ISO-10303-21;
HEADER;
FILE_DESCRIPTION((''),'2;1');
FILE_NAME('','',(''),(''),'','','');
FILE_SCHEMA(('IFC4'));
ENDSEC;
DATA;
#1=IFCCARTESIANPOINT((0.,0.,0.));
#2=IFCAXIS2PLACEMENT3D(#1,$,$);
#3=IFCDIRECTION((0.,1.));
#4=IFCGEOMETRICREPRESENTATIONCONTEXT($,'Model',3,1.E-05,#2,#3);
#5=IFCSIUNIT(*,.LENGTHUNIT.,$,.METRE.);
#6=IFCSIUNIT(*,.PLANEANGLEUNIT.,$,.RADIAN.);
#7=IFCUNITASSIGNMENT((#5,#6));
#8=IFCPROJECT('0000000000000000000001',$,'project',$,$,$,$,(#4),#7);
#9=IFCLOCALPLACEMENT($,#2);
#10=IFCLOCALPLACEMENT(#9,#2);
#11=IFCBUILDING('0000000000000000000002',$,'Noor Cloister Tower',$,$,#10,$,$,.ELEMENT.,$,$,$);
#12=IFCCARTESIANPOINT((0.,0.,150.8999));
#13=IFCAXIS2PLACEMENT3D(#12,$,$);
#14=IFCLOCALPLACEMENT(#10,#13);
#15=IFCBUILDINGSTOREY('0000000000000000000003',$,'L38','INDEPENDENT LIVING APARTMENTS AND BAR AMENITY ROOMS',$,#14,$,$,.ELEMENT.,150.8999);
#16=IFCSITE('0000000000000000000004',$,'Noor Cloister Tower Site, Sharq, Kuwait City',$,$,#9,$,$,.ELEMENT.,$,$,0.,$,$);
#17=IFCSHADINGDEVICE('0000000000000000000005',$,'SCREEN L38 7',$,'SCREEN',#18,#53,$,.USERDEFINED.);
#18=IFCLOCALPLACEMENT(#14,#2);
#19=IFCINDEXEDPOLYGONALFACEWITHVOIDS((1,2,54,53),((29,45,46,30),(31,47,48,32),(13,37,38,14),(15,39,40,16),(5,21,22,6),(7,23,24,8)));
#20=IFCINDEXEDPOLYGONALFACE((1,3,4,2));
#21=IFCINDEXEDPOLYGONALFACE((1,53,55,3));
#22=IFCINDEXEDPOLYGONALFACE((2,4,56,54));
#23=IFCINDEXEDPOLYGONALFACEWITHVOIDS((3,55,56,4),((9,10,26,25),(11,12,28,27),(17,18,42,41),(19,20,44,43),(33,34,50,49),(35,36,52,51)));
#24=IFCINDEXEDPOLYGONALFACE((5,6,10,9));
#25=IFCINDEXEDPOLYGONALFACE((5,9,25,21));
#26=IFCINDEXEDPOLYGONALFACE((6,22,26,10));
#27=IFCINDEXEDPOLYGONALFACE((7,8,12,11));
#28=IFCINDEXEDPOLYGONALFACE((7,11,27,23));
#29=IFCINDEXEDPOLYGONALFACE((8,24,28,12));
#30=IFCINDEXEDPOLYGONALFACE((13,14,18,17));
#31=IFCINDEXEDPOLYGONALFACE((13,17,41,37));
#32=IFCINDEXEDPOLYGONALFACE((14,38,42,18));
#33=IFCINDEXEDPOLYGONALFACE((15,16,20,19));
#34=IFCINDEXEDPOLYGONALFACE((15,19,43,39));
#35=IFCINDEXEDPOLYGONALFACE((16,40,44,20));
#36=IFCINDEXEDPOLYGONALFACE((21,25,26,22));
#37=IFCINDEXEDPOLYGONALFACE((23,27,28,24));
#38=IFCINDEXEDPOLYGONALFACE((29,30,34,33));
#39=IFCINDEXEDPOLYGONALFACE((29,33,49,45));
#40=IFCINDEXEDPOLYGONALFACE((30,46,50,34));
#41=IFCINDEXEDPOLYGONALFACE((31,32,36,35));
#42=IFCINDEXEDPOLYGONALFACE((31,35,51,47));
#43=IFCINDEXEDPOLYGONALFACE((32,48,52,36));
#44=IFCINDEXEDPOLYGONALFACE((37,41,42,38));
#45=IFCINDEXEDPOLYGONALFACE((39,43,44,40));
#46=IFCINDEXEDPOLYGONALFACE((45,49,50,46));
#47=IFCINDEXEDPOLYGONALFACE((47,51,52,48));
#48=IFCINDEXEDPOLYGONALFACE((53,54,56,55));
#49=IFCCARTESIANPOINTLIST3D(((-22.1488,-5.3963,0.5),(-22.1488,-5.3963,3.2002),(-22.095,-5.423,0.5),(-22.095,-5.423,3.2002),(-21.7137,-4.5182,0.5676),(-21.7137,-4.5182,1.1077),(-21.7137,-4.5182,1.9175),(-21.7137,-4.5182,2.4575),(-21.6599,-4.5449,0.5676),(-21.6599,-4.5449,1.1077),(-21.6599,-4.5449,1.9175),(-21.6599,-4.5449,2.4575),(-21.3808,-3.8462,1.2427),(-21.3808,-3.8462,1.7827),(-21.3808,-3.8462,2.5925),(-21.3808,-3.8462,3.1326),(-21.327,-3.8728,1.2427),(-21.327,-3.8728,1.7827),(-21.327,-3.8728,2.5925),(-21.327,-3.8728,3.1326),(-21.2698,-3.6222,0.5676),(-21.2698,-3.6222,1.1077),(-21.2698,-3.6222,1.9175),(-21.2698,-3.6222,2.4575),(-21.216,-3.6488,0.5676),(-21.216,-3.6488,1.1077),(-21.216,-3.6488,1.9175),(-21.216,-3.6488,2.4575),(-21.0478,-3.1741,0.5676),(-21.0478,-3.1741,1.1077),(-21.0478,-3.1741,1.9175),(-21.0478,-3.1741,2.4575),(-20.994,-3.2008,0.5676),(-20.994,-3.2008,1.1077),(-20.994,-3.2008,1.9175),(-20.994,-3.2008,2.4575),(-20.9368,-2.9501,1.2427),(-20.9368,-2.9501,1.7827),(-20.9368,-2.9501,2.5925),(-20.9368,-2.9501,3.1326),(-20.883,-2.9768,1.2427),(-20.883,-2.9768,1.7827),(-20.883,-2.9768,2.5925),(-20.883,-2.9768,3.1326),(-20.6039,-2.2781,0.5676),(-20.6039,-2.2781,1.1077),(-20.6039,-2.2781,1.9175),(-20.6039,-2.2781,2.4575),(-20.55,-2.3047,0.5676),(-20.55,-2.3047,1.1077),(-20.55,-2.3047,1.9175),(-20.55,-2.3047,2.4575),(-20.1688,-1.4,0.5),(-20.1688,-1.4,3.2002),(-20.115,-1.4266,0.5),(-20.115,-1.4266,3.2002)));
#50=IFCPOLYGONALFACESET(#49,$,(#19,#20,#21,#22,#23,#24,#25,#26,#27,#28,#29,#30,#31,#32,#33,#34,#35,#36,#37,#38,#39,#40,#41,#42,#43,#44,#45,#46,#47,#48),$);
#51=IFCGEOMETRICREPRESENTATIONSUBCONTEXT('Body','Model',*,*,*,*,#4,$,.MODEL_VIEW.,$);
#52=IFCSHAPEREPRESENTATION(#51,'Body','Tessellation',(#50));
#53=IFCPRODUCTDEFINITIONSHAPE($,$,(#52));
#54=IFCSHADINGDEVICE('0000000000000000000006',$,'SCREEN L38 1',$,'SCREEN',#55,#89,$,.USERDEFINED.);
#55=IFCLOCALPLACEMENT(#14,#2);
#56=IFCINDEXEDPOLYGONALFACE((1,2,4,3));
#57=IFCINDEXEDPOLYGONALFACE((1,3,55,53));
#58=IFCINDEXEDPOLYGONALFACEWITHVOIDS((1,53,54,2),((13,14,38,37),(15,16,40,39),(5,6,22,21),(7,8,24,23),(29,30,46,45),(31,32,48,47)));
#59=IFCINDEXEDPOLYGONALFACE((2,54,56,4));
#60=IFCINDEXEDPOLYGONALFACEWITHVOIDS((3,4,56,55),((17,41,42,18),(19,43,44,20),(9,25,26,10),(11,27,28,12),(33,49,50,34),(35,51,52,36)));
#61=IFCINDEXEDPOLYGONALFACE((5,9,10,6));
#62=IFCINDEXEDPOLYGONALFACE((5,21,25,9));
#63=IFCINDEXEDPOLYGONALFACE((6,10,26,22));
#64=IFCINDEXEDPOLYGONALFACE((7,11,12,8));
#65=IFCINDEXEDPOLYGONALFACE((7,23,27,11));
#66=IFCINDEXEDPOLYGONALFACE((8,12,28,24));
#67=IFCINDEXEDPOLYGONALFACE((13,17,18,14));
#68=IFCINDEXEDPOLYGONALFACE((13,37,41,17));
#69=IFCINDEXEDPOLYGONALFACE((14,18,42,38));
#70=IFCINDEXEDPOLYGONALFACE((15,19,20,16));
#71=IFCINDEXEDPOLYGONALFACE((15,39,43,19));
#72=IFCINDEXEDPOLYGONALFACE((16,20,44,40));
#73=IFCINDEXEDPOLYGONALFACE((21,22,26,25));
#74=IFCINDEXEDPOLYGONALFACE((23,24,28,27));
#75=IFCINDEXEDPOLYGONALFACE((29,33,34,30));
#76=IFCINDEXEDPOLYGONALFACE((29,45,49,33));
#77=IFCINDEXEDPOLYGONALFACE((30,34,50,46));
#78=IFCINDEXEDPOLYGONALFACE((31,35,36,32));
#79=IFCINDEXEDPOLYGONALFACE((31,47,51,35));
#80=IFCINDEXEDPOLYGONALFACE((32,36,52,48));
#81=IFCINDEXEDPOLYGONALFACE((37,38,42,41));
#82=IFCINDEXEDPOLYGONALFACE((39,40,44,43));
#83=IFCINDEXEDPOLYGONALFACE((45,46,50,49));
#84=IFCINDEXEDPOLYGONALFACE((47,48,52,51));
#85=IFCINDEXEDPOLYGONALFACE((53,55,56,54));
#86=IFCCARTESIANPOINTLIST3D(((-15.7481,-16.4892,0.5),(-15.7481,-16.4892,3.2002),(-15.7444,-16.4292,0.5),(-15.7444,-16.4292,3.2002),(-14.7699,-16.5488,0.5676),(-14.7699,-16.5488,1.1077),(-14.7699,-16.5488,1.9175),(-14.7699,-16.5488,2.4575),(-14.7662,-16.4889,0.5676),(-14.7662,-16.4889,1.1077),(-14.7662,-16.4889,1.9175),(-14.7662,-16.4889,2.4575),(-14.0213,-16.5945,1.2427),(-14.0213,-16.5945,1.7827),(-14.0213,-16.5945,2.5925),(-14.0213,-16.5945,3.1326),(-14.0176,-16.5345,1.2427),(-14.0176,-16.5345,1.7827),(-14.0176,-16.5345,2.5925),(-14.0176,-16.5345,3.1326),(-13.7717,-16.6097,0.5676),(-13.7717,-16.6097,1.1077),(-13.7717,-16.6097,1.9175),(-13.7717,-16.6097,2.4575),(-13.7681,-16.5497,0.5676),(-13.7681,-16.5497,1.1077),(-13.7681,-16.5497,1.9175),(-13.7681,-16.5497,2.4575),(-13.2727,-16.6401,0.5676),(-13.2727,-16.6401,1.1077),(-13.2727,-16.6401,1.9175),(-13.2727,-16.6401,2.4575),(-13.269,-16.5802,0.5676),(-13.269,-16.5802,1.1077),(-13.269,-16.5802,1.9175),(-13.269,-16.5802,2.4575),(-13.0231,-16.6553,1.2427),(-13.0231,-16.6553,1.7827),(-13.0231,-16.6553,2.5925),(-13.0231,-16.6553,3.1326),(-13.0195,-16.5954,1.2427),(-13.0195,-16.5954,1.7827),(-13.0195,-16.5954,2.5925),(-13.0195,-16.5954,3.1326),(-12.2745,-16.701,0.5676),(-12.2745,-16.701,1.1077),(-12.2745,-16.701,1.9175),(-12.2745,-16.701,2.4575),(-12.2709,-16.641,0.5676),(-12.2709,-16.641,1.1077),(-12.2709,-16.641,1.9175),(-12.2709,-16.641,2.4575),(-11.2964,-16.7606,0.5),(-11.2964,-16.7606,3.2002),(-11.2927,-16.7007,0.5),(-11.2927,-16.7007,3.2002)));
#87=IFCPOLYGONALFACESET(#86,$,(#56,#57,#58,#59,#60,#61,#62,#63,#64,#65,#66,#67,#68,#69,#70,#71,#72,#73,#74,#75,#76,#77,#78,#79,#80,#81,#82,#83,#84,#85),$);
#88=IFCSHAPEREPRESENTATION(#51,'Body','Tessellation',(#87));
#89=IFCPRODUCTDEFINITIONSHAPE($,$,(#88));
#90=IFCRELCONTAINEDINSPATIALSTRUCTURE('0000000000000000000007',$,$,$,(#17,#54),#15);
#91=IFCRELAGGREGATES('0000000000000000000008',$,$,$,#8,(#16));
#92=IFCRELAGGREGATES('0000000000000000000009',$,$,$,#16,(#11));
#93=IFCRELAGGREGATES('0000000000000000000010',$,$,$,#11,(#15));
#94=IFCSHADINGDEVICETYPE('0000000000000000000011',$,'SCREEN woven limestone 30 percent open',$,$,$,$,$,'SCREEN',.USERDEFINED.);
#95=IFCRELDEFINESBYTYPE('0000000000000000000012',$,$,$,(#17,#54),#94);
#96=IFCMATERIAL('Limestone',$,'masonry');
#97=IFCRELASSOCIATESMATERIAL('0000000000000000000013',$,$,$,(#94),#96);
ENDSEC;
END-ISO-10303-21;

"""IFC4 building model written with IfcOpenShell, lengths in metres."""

from ifc_helpers import new_model, si_unit, direction, frame, origin, place, context, subcontext, project, spatial, polyline, outline, extrude, material, material_profile, profile_set, type_object, element, save


model = new_model("IFC4")

# Units and contexts
model_context = context("Model", 3, precision=1e-05, world=origin(), true_north=direction((0.0, 1.0)))
body_context = subcontext(model_context, "Body", "Model", "MODEL_VIEW")
ifc_project = project(units=[si_unit("LENGTHUNIT", "METRE"), si_unit("PLANEANGLEUNIT", "RADIAN")], contexts=[model_context])

# Site, building, storey
site_placement = place(None, origin())
site = spatial("IfcSite", under=ifc_project, at=site_placement, Name="Noor Cloister Tower Site, Sharq, Kuwait City", CompositionType="ELEMENT", RefElevation=0.0)
building_placement = place(site_placement, origin())
building = spatial("IfcBuilding", under=site, at=building_placement, Name="Noor Cloister Tower", CompositionType="ELEMENT")
storey_placement = place(building_placement, frame((0.0, 0.0, 150.8999)))
storey = spatial("IfcBuildingStorey", under=building, at=storey_placement, Name="L38", Description="INDEPENDENT LIVING APARTMENTS AND BAR AMENITY ROOMS", CompositionType="ELEMENT", Elevation=150.8999)

# Shading devices
ifc_material_1 = material(Name="Limestone", Category="masonry")
ifc_material_profile_1 = material_profile(ifc_material_1, outline(polyline([(-2.23, -1.3501), (2.23, -1.3501), (2.23, 1.3501), (-2.23, 1.3501), (-2.23, -1.3501)]), holes=[polyline([(-1.25, -1.2825), (-0.25, -1.2825), (-0.25, -0.7424), (-1.25, -0.7424), (-1.25, -1.2825)]), polyline([(0.25, -1.2825), (1.25, -1.2825), (1.25, -0.7424), (0.25, -0.7424), (0.25, -1.2825)]), polyline([(-0.5, -0.6074), (0.5, -0.6074), (0.5, -0.0674), (-0.5, -0.0674), (-0.5, -0.6074)]), polyline([(-1.25, 0.0674), (-0.25, 0.0674), (-0.25, 0.6074), (-1.25, 0.6074), (-1.25, 0.0674)]), polyline([(0.25, 0.0674), (1.25, 0.0674), (1.25, 0.6074), (0.25, 0.6074), (0.25, 0.0674)]), polyline([(-0.5, 0.7424), (0.5, 0.7424), (0.5, 1.2825), (-0.5, 1.2825), (-0.5, 0.7424)])]), Name="Woven screen 30 percent open")
ifc_profile_set_1 = profile_set([ifc_material_profile_1], Name="Limestone")
shading_device_type = type_object("IfcShadingDeviceType", Name="SCREEN woven limestone 30 percent open", ElementType="SCREEN", PredefinedType="USERDEFINED", material=ifc_profile_set_1)
for number, where, z_axis, x_axis, name in (
    (1, (-21.105, -3.4248, 1.8501), (-0.89605, 0.443952, 0.0), (-0.443952, -0.89605, 0.0), "SCREEN L38 7"),
    (2, (-13.5186, -16.5649, 1.8501), (-0.060863, -0.998146, 0.0), (0.998146, -0.060863, 0.0), "SCREEN L38 1"),
):
    element("IfcShadingDevice", number, at=place(storey_placement, frame(where, z_axis=z_axis, x_axis=x_axis)), inside=storey, type_object=shading_device_type, Name=name, ObjectType="SCREEN", PredefinedType="USERDEFINED", context=body_context, shape_type="SweptSolid", body=[
        extrude(outline(polyline([(-2.23, -1.3501), (2.23, -1.3501), (2.23, 1.3501), (-2.23, 1.3501), (-2.23, -1.3501)]), holes=[polyline([(-1.25, -1.2825), (-0.25, -1.2825), (-0.25, -0.7424), (-1.25, -0.7424), (-1.25, -1.2825)]), polyline([(0.25, -1.2825), (1.25, -1.2825), (1.25, -0.7424), (0.25, -0.7424), (0.25, -1.2825)]), polyline([(-0.5, -0.6074), (0.5, -0.6074), (0.5, -0.0674), (-0.5, -0.0674), (-0.5, -0.6074)]), polyline([(-1.25, 0.0674), (-0.25, 0.0674), (-0.25, 0.6074), (-1.25, 0.6074), (-1.25, 0.0674)]), polyline([(0.25, 0.0674), (1.25, 0.0674), (1.25, 0.6074), (0.25, 0.6074), (0.25, 0.0674)]), polyline([(-0.5, 0.7424), (0.5, 0.7424), (0.5, 1.2825), (-0.5, 1.2825), (-0.5, 0.7424)])]), origin(), (0.0, 0.0, 1.0), 0.0601),
    ])

save(model, "model.ifc")
